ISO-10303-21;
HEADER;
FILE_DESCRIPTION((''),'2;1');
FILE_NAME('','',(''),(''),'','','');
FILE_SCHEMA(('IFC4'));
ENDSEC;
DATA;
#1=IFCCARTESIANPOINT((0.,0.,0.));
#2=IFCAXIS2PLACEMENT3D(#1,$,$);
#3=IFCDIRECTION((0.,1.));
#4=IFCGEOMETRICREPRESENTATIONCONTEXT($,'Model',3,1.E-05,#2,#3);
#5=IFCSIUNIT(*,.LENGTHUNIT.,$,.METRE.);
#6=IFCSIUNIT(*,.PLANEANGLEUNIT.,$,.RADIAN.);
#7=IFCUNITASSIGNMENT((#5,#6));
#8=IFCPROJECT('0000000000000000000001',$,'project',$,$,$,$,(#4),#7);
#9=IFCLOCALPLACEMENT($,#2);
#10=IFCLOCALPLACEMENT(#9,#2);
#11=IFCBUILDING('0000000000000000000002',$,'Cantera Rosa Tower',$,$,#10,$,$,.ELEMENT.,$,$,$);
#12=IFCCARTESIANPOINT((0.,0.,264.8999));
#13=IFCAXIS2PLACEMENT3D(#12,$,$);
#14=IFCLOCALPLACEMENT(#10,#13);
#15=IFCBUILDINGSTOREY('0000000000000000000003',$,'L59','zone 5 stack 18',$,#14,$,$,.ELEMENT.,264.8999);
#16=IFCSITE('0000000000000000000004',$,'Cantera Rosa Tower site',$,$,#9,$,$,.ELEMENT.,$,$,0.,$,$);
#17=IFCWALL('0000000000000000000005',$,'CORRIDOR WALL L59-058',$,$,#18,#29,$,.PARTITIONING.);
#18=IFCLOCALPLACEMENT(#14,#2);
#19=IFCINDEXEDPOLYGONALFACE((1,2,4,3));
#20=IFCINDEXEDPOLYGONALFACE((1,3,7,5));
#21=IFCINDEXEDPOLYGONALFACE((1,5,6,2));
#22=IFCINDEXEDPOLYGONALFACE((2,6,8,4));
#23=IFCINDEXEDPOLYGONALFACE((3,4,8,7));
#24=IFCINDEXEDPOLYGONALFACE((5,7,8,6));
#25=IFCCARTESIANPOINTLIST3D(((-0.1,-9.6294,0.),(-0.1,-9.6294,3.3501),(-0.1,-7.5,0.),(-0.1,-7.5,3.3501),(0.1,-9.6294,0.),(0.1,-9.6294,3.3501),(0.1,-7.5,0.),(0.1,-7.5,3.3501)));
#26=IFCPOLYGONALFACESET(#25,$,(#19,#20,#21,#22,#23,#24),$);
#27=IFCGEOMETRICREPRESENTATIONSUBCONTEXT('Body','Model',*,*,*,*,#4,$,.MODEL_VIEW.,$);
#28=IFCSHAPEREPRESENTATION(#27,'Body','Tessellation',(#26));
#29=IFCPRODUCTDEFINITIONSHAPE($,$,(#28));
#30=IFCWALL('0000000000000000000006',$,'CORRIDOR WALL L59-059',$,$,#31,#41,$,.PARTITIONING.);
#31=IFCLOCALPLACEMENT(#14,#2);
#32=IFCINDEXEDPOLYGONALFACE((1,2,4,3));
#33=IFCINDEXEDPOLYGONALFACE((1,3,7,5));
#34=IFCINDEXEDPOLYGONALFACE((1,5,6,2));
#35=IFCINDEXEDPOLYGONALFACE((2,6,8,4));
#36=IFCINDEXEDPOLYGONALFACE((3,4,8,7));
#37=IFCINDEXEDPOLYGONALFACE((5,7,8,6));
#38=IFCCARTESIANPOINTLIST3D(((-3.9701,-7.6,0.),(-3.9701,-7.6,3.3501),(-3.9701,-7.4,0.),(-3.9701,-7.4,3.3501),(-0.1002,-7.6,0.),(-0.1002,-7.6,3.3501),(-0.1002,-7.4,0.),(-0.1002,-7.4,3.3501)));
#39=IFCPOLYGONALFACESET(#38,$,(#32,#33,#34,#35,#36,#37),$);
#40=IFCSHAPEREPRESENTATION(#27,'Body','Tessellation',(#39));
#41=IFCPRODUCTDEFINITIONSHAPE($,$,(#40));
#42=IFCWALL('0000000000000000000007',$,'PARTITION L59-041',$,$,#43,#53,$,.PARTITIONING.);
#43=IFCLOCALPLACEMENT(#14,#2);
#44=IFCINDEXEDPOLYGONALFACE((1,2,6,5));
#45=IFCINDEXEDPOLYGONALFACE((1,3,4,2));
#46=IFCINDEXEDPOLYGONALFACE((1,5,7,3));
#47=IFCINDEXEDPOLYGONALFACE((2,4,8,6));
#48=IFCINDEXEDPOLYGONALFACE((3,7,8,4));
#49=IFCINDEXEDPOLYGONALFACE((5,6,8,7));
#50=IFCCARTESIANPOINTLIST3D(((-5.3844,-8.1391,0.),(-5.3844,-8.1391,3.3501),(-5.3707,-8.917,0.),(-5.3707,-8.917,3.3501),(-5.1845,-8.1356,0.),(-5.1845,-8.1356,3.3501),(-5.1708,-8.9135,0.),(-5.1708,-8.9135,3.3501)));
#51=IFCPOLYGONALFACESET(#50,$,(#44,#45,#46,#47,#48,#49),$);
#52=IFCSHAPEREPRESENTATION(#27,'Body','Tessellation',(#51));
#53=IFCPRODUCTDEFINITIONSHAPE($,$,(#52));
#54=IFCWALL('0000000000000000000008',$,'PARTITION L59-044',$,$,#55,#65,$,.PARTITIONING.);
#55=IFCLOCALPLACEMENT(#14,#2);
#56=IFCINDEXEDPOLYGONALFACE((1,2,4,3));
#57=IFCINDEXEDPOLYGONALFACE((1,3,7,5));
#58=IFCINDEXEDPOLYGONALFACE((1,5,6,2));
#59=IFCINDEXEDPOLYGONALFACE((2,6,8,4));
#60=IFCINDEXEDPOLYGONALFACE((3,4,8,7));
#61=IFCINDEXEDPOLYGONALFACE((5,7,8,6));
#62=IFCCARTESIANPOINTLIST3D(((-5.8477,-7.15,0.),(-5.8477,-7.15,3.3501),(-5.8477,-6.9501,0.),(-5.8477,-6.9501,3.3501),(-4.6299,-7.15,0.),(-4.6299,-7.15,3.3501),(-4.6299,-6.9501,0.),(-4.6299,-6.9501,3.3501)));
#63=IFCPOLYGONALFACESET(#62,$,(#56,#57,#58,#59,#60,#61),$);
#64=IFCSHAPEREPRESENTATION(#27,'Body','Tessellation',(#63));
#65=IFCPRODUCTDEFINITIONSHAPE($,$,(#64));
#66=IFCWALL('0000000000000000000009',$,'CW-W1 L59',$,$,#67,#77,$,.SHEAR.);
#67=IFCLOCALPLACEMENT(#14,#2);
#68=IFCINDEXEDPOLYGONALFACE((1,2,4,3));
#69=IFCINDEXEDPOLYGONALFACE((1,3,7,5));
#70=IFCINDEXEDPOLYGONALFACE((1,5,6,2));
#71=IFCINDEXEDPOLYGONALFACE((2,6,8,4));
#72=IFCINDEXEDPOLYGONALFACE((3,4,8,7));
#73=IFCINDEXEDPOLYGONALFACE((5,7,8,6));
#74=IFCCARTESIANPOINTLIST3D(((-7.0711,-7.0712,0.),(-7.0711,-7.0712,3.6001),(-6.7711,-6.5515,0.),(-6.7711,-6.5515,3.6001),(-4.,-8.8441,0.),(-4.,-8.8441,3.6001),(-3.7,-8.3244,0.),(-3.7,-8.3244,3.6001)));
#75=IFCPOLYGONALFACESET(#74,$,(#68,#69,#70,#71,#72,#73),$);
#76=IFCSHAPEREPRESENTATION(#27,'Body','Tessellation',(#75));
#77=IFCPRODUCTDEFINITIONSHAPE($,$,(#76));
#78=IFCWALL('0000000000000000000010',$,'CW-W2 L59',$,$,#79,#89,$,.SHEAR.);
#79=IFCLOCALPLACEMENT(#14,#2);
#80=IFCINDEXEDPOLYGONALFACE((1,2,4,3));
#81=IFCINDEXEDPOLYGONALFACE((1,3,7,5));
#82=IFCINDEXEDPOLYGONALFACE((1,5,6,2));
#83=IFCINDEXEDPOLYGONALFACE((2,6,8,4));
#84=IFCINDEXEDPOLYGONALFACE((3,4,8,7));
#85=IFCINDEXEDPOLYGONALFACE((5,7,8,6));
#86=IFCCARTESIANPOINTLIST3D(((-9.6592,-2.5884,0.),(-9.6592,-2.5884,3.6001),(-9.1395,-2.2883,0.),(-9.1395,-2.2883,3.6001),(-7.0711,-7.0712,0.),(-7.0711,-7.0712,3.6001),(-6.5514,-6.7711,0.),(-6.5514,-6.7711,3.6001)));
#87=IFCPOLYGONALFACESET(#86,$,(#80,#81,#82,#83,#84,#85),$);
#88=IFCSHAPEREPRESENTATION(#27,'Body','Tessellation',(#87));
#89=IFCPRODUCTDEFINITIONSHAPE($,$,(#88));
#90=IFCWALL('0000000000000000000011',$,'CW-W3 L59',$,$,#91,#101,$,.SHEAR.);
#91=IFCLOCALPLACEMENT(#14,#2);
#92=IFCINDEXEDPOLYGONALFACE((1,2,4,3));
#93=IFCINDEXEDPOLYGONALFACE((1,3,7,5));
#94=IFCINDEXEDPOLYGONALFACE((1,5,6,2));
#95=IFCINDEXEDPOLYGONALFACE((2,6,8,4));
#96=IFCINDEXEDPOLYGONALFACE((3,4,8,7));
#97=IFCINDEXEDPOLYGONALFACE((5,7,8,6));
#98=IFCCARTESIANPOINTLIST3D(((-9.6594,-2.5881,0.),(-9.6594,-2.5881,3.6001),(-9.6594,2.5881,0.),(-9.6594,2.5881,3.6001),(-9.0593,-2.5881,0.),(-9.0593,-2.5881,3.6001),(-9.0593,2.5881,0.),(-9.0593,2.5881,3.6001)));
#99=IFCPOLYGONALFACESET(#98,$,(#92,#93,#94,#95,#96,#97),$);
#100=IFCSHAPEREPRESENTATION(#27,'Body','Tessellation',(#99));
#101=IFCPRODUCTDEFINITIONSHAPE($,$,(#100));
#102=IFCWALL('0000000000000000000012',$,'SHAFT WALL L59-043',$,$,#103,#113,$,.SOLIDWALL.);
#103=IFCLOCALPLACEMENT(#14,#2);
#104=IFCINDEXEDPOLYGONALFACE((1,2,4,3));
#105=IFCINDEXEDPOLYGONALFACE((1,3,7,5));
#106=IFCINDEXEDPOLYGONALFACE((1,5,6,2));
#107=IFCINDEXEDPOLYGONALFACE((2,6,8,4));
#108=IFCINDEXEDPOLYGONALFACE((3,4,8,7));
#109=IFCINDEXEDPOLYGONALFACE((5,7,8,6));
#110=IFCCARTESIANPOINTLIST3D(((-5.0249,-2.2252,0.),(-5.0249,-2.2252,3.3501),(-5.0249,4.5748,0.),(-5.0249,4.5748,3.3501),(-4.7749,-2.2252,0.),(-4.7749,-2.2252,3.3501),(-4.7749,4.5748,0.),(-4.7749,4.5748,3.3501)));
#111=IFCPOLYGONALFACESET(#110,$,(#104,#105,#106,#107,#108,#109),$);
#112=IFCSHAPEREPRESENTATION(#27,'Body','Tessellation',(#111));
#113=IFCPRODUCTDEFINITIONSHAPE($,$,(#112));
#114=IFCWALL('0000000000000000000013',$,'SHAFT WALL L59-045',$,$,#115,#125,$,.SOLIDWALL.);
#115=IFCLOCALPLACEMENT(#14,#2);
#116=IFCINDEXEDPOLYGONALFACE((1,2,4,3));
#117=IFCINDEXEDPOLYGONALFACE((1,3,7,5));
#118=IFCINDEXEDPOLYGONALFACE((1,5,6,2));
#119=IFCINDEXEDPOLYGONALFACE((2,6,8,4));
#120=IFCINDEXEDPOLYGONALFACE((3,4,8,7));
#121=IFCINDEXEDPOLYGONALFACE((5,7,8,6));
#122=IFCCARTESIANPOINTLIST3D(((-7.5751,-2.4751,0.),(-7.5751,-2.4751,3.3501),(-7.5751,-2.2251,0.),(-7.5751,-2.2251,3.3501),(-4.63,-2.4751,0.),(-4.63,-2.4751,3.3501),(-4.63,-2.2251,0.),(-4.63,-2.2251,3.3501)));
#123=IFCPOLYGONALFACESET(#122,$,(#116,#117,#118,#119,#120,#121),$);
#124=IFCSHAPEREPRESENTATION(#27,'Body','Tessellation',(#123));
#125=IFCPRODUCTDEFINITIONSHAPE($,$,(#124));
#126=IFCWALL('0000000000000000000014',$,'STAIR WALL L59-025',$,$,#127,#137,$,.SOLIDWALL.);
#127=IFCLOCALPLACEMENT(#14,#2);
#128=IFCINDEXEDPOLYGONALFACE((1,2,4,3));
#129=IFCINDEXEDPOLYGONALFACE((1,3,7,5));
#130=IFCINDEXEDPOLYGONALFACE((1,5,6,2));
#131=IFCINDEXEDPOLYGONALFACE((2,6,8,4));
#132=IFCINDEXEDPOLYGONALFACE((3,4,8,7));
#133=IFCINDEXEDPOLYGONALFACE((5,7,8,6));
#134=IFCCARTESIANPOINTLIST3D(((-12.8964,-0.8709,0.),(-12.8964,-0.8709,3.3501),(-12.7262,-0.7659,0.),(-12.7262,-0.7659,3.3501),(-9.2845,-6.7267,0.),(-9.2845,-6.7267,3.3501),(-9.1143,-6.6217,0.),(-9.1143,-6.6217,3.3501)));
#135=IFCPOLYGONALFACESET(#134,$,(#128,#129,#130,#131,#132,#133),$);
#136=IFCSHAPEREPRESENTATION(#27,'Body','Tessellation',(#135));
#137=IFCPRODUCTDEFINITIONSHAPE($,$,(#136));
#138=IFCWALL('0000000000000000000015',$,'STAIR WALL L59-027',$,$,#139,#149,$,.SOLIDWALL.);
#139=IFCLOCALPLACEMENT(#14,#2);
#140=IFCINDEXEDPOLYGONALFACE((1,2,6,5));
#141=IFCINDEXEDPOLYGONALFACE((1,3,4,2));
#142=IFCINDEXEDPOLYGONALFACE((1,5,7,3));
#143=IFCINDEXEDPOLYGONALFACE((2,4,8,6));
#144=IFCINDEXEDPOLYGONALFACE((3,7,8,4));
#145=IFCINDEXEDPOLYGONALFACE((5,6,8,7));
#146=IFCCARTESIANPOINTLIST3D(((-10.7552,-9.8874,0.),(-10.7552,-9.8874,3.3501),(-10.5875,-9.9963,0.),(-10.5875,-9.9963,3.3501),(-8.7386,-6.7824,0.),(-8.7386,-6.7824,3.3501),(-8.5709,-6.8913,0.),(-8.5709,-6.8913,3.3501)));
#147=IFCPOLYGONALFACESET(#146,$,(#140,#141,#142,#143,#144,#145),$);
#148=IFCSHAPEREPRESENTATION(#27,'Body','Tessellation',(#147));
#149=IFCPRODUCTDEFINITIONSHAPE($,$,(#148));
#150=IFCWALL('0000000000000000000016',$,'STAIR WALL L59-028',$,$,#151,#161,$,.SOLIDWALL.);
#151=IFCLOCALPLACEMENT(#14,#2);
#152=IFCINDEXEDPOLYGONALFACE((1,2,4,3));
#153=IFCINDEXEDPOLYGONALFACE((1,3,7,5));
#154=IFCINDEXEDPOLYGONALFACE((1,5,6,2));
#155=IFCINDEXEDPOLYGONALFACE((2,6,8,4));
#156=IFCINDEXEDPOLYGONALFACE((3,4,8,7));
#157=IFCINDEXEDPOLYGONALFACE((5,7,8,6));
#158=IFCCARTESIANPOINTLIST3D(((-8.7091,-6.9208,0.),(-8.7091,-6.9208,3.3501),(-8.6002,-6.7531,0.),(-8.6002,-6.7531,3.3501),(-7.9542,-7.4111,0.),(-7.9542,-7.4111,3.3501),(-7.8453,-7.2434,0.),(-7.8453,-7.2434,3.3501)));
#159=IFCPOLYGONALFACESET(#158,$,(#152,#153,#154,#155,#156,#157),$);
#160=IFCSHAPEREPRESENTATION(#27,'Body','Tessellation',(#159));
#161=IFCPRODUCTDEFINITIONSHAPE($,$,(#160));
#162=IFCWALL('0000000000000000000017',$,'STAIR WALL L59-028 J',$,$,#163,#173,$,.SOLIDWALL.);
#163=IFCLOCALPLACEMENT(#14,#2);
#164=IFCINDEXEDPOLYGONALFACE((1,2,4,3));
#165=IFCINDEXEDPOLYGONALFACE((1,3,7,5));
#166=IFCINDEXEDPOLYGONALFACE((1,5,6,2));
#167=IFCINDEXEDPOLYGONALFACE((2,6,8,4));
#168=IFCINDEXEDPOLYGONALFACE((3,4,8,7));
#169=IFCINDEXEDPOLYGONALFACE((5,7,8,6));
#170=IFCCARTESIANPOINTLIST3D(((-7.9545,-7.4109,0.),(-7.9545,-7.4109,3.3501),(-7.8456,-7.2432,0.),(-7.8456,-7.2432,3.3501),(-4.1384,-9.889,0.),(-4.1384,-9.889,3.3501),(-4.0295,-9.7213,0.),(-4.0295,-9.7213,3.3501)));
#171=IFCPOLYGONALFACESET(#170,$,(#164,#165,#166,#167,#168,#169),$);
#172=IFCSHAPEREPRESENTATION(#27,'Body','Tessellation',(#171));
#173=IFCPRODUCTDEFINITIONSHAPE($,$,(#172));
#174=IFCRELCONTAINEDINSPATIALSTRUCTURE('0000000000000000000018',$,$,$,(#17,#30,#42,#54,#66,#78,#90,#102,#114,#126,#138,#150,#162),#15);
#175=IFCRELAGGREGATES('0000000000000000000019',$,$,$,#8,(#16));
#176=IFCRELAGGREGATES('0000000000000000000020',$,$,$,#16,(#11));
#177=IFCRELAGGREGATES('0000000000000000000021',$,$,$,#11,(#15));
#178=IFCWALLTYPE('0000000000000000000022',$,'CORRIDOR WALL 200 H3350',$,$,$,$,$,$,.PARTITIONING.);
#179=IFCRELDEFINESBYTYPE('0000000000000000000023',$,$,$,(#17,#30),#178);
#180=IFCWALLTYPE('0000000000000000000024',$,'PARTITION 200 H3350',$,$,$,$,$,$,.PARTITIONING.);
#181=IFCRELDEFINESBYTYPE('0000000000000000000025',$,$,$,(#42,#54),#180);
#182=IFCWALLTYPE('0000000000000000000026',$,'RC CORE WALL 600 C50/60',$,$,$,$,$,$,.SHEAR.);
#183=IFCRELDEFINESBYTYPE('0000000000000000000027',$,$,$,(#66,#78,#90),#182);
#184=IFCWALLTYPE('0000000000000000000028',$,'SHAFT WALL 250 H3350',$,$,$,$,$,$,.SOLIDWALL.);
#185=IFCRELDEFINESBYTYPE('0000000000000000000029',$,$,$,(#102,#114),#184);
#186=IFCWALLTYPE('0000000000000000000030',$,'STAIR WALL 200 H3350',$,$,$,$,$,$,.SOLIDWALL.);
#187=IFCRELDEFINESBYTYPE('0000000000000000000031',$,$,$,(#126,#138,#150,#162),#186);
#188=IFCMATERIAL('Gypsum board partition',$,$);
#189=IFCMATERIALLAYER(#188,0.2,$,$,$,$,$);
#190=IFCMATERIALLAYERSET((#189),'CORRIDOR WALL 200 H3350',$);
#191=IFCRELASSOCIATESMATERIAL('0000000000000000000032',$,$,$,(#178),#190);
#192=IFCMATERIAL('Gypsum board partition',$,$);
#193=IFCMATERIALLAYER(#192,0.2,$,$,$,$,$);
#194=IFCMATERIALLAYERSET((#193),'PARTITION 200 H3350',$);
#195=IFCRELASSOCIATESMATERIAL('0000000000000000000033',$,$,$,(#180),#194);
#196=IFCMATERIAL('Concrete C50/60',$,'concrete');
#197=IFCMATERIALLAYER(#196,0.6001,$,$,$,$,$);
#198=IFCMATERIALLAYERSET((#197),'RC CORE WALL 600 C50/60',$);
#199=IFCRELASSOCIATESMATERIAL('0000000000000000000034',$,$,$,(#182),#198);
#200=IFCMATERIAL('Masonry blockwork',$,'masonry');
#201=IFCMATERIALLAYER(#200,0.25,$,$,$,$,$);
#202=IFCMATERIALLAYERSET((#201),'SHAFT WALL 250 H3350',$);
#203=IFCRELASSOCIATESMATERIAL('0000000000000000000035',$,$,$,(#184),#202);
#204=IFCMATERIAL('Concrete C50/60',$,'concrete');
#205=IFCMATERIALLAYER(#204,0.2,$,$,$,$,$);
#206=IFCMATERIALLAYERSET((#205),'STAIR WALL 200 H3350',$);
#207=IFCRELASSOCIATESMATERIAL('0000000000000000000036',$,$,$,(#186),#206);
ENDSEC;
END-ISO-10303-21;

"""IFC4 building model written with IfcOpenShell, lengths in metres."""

from ifc_helpers import new_model, si_unit, direction, frame, frame_2d, origin, place, context, subcontext, project, spatial, rectangle, extrude, material, layer, layer_set, type_object, element, save


model = new_model("IFC4")

# Units and contexts
model_context = context("Model", 3, precision=1e-05, world=origin(), true_north=direction((0.0, 1.0)))
body_context = subcontext(model_context, "Body", "Model", "MODEL_VIEW")
ifc_project = project(units=[si_unit("LENGTHUNIT", "METRE"), si_unit("PLANEANGLEUNIT", "RADIAN")], contexts=[model_context])

# Site, building, storey
site_placement = place(None, origin())
site = spatial("IfcSite", under=ifc_project, at=site_placement, Name="Cantera Rosa Tower site", CompositionType="ELEMENT", RefElevation=0.0)
building_placement = place(site_placement, origin())
building = spatial("IfcBuilding", under=site, at=building_placement, Name="Cantera Rosa Tower", CompositionType="ELEMENT")
storey_placement = place(building_placement, frame((0.0, 0.0, 264.8999)))
storey = spatial("IfcBuildingStorey", under=building, at=storey_placement, Name="L59", Description="zone 5 stack 18", CompositionType="ELEMENT", Elevation=264.8999)

# Walls
ifc_material_1 = material(Name="Gypsum board partition")
ifc_layer_1 = layer(ifc_material_1, 0.2)
ifc_layer_set_1 = layer_set([ifc_layer_1], Name="CORRIDOR WALL 200 H3350")
wall_type_1 = type_object("IfcWallType", Name="CORRIDOR WALL 200 H3350", PredefinedType="PARTITIONING", material=ifc_layer_set_1)
wall_1_placement = place(storey_placement, frame((0.0, -9.6294, 0.0), z_axis=(0.0, 0.0, 1.0), x_axis=(0.0, 1.0, 0.0)))
element("IfcWall", 1, at=wall_1_placement, inside=storey, type_object=wall_type_1, Name="CORRIDOR WALL L59-058", PredefinedType="PARTITIONING", context=body_context, shape_type="SweptSolid", body=[
    extrude(rectangle(XDim=2.1294, YDim=0.2, at=frame_2d((1.0647, 0.0))), origin(), (0.0, 0.0, 1.0), 3.3501),
])
wall_2_placement = place(storey_placement, frame((-0.1001, -7.5, 0.0), z_axis=(0.0, 0.0, 1.0), x_axis=(-1.0, 0.0, 0.0)))
element("IfcWall", 2, at=wall_2_placement, inside=storey, type_object=wall_type_1, Name="CORRIDOR WALL L59-059", PredefinedType="PARTITIONING", context=body_context, shape_type="SweptSolid", body=[
    extrude(rectangle(XDim=3.8699, YDim=0.2, at=frame_2d((1.9351, 0.0))), origin(), (0.0, 0.0, 1.0), 3.3501),
])
ifc_material_2 = material(Name="Gypsum board partition")
ifc_layer_2 = layer(ifc_material_2, 0.2)
ifc_layer_set_2 = layer_set([ifc_layer_2], Name="PARTITION 200 H3350")
wall_type_2 = type_object("IfcWallType", Name="PARTITION 200 H3350", PredefinedType="PARTITIONING", material=ifc_layer_set_2)
wall_3_placement = place(storey_placement, frame((-5.2844, -8.1372, 0.0), z_axis=(0.0, 0.0, 1.0), x_axis=(0.017569, -0.999846, 0.0)))
element("IfcWall", 3, at=wall_3_placement, inside=storey, type_object=wall_type_2, Name="PARTITION L59-041", PredefinedType="PARTITIONING", context=body_context, shape_type="SweptSolid", body=[
    extrude(rectangle(XDim=0.7781, YDim=0.2, at=frame_2d((0.3892, 0.0))), origin(), (0.0, 0.0, 1.0), 3.3501),
])
wall_4_placement = place(storey_placement, frame((-4.6299, -7.05, 0.0), z_axis=(0.0, 0.0, 1.0), x_axis=(-1.0, 0.0, 0.0)))
element("IfcWall", 4, at=wall_4_placement, inside=storey, type_object=wall_type_2, Name="PARTITION L59-044", PredefinedType="PARTITIONING", context=body_context, shape_type="SweptSolid", body=[
    extrude(rectangle(XDim=1.2178, YDim=0.2, at=frame_2d((0.6089, 0.0))), origin(), (0.0, 0.0, 1.0), 3.3501),
])
ifc_material_3 = material(Name="Concrete C50/60", Category="concrete")
ifc_layer_3 = layer(ifc_material_3, 0.6001)
ifc_layer_set_3 = layer_set([ifc_layer_3], Name="RC CORE WALL 600 C50/60")
wall_type_3 = type_object("IfcWallType", Name="RC CORE WALL 600 C50/60", PredefinedType="SHEAR", material=ifc_layer_set_3)
wall_5_placement = place(storey_placement, frame((-3.8501, -8.5842, 0.0), z_axis=(0.0, 0.0, 1.0), x_axis=(-0.86604, 0.499975, 0.0)))
element("IfcWall", 5, at=wall_5_placement, inside=storey, type_object=wall_type_3, Name="CW-W1 L59", PredefinedType="SHEAR", context=body_context, shape_type="SweptSolid", body=[
    extrude(rectangle(XDim=3.5461, YDim=0.6001, at=frame_2d((1.7729, 0.0))), origin(), (0.0, 0.0, 1.0), 3.6001),
])
for number, where, z_axis, x_axis, name in (
    (6, (-6.8113, -6.9211, 0.0), (0.0, 0.0, 1.0), (-0.499989, 0.866032, 0.0), "CW-W2 L59"),
    (7, (-9.3594, -2.5881, 0.0), (0.0, 0.0, 1.0), (0.0, 1.0, 0.0), "CW-W3 L59"),
):
    element("IfcWall", number, at=place(storey_placement, frame(where, z_axis=z_axis, x_axis=x_axis)), inside=storey, type_object=wall_type_3, Name=name, PredefinedType="SHEAR", context=body_context, shape_type="SweptSolid", body=[
        extrude(rectangle(XDim=5.1763, YDim=0.6001, at=frame_2d((2.5881, 0.0))), origin(), (0.0, 0.0, 1.0), 3.6001),
    ])
ifc_material_4 = material(Name="Masonry blockwork", Category="masonry")
ifc_layer_4 = layer(ifc_material_4, 0.25)
ifc_layer_set_4 = layer_set([ifc_layer_4], Name="SHAFT WALL 250 H3350")
wall_type_4 = type_object("IfcWallType", Name="SHAFT WALL 250 H3350", PredefinedType="SOLIDWALL", material=ifc_layer_set_4)
wall_6_placement = place(storey_placement, frame((-4.8999, -2.2251, 0.0), z_axis=(0.0, 0.0, 1.0), x_axis=(0.0, 1.0, 0.0)))
element("IfcWall", 8, at=wall_6_placement, inside=storey, type_object=wall_type_4, Name="SHAFT WALL L59-043", PredefinedType="SOLIDWALL", context=body_context, shape_type="SweptSolid", body=[
    extrude(rectangle(XDim=6.8, YDim=0.25, at=frame_2d((3.3999, 0.0))), origin(), (0.0, 0.0, 1.0), 3.3501),
])
wall_7_placement = place(storey_placement, frame((-4.6299, -2.3501, 0.0), z_axis=(0.0, 0.0, 1.0), x_axis=(-1.0, 0.0, 0.0)))
element("IfcWall", 9, at=wall_7_placement, inside=storey, type_object=wall_type_4, Name="SHAFT WALL L59-045", PredefinedType="SOLIDWALL", context=body_context, shape_type="SweptSolid", body=[
    extrude(rectangle(XDim=2.9451, YDim=0.25, at=frame_2d((1.4727, 0.0))), origin(), (0.0, 0.0, 1.0), 3.3501),
])
ifc_material_5 = material(Name="Concrete C50/60", Category="concrete")
ifc_layer_5 = layer(ifc_material_5, 0.2)
ifc_layer_set_5 = layer_set([ifc_layer_5], Name="STAIR WALL 200 H3350")
wall_type_5 = type_object("IfcWallType", Name="STAIR WALL 200 H3350", PredefinedType="SOLIDWALL", material=ifc_layer_set_5)
wall_8_placement = place(storey_placement, frame((-9.1995, -6.6741, 0.0), z_axis=(0.0, 0.0, 1.0), x_axis=(-0.524972, 0.851119, 0.0)))
element("IfcWall", 10, at=wall_8_placement, inside=storey, type_object=wall_type_5, Name="STAIR WALL L59-025", PredefinedType="SOLIDWALL", context=body_context, shape_type="SweptSolid", body=[
    extrude(rectangle(XDim=6.8801, YDim=0.2, at=frame_2d((3.4399, 0.0))), origin(), (0.0, 0.0, 1.0), 3.3501),
])
wall_9_placement = place(storey_placement, frame((-8.6548, -6.8369, 0.0), z_axis=(0.0, 0.0, 1.0), x_axis=(-0.544678, -0.838645, 0.0)))
element("IfcWall", 11, at=wall_9_placement, inside=storey, type_object=wall_type_5, Name="STAIR WALL L59-027", PredefinedType="SOLIDWALL", context=body_context, shape_type="SweptSolid", body=[
    extrude(rectangle(XDim=3.7024, YDim=0.2, at=frame_2d((1.8511, 0.0))), origin(), (0.0, 0.0, 1.0), 3.3501),
])
wall_10_placement = place(storey_placement, frame((-8.6548, -6.8369, 0.0), z_axis=(0.0, 0.0, 1.0), x_axis=(0.838667, -0.544645, 0.0)))
element("IfcWall", 12, at=wall_10_placement, inside=storey, type_object=wall_type_5, Name="STAIR WALL L59-028", PredefinedType="SOLIDWALL", context=body_context, shape_type="SweptSolid", body=[
    extrude(rectangle(XDim=0.9001, YDim=0.2, at=frame_2d((0.4502, 0.0))), origin(), (0.0, 0.0, 1.0), 3.3501),
])
wall_11_placement = place(storey_placement, frame((-7.8999, -7.3271, 0.0), z_axis=(0.0, 0.0, 1.0), x_axis=(0.838676, -0.54463, 0.0)))
element("IfcWall", 13, at=wall_11_placement, inside=storey, type_object=wall_type_5, Name="STAIR WALL L59-028 J", PredefinedType="SOLIDWALL", context=body_context, shape_type="SweptSolid", body=[
    extrude(rectangle(XDim=4.55, YDim=0.2, at=frame_2d((2.2749, 0.0))), origin(), (0.0, 0.0, 1.0), 3.3501),
])

save(model, "model.ifc")
